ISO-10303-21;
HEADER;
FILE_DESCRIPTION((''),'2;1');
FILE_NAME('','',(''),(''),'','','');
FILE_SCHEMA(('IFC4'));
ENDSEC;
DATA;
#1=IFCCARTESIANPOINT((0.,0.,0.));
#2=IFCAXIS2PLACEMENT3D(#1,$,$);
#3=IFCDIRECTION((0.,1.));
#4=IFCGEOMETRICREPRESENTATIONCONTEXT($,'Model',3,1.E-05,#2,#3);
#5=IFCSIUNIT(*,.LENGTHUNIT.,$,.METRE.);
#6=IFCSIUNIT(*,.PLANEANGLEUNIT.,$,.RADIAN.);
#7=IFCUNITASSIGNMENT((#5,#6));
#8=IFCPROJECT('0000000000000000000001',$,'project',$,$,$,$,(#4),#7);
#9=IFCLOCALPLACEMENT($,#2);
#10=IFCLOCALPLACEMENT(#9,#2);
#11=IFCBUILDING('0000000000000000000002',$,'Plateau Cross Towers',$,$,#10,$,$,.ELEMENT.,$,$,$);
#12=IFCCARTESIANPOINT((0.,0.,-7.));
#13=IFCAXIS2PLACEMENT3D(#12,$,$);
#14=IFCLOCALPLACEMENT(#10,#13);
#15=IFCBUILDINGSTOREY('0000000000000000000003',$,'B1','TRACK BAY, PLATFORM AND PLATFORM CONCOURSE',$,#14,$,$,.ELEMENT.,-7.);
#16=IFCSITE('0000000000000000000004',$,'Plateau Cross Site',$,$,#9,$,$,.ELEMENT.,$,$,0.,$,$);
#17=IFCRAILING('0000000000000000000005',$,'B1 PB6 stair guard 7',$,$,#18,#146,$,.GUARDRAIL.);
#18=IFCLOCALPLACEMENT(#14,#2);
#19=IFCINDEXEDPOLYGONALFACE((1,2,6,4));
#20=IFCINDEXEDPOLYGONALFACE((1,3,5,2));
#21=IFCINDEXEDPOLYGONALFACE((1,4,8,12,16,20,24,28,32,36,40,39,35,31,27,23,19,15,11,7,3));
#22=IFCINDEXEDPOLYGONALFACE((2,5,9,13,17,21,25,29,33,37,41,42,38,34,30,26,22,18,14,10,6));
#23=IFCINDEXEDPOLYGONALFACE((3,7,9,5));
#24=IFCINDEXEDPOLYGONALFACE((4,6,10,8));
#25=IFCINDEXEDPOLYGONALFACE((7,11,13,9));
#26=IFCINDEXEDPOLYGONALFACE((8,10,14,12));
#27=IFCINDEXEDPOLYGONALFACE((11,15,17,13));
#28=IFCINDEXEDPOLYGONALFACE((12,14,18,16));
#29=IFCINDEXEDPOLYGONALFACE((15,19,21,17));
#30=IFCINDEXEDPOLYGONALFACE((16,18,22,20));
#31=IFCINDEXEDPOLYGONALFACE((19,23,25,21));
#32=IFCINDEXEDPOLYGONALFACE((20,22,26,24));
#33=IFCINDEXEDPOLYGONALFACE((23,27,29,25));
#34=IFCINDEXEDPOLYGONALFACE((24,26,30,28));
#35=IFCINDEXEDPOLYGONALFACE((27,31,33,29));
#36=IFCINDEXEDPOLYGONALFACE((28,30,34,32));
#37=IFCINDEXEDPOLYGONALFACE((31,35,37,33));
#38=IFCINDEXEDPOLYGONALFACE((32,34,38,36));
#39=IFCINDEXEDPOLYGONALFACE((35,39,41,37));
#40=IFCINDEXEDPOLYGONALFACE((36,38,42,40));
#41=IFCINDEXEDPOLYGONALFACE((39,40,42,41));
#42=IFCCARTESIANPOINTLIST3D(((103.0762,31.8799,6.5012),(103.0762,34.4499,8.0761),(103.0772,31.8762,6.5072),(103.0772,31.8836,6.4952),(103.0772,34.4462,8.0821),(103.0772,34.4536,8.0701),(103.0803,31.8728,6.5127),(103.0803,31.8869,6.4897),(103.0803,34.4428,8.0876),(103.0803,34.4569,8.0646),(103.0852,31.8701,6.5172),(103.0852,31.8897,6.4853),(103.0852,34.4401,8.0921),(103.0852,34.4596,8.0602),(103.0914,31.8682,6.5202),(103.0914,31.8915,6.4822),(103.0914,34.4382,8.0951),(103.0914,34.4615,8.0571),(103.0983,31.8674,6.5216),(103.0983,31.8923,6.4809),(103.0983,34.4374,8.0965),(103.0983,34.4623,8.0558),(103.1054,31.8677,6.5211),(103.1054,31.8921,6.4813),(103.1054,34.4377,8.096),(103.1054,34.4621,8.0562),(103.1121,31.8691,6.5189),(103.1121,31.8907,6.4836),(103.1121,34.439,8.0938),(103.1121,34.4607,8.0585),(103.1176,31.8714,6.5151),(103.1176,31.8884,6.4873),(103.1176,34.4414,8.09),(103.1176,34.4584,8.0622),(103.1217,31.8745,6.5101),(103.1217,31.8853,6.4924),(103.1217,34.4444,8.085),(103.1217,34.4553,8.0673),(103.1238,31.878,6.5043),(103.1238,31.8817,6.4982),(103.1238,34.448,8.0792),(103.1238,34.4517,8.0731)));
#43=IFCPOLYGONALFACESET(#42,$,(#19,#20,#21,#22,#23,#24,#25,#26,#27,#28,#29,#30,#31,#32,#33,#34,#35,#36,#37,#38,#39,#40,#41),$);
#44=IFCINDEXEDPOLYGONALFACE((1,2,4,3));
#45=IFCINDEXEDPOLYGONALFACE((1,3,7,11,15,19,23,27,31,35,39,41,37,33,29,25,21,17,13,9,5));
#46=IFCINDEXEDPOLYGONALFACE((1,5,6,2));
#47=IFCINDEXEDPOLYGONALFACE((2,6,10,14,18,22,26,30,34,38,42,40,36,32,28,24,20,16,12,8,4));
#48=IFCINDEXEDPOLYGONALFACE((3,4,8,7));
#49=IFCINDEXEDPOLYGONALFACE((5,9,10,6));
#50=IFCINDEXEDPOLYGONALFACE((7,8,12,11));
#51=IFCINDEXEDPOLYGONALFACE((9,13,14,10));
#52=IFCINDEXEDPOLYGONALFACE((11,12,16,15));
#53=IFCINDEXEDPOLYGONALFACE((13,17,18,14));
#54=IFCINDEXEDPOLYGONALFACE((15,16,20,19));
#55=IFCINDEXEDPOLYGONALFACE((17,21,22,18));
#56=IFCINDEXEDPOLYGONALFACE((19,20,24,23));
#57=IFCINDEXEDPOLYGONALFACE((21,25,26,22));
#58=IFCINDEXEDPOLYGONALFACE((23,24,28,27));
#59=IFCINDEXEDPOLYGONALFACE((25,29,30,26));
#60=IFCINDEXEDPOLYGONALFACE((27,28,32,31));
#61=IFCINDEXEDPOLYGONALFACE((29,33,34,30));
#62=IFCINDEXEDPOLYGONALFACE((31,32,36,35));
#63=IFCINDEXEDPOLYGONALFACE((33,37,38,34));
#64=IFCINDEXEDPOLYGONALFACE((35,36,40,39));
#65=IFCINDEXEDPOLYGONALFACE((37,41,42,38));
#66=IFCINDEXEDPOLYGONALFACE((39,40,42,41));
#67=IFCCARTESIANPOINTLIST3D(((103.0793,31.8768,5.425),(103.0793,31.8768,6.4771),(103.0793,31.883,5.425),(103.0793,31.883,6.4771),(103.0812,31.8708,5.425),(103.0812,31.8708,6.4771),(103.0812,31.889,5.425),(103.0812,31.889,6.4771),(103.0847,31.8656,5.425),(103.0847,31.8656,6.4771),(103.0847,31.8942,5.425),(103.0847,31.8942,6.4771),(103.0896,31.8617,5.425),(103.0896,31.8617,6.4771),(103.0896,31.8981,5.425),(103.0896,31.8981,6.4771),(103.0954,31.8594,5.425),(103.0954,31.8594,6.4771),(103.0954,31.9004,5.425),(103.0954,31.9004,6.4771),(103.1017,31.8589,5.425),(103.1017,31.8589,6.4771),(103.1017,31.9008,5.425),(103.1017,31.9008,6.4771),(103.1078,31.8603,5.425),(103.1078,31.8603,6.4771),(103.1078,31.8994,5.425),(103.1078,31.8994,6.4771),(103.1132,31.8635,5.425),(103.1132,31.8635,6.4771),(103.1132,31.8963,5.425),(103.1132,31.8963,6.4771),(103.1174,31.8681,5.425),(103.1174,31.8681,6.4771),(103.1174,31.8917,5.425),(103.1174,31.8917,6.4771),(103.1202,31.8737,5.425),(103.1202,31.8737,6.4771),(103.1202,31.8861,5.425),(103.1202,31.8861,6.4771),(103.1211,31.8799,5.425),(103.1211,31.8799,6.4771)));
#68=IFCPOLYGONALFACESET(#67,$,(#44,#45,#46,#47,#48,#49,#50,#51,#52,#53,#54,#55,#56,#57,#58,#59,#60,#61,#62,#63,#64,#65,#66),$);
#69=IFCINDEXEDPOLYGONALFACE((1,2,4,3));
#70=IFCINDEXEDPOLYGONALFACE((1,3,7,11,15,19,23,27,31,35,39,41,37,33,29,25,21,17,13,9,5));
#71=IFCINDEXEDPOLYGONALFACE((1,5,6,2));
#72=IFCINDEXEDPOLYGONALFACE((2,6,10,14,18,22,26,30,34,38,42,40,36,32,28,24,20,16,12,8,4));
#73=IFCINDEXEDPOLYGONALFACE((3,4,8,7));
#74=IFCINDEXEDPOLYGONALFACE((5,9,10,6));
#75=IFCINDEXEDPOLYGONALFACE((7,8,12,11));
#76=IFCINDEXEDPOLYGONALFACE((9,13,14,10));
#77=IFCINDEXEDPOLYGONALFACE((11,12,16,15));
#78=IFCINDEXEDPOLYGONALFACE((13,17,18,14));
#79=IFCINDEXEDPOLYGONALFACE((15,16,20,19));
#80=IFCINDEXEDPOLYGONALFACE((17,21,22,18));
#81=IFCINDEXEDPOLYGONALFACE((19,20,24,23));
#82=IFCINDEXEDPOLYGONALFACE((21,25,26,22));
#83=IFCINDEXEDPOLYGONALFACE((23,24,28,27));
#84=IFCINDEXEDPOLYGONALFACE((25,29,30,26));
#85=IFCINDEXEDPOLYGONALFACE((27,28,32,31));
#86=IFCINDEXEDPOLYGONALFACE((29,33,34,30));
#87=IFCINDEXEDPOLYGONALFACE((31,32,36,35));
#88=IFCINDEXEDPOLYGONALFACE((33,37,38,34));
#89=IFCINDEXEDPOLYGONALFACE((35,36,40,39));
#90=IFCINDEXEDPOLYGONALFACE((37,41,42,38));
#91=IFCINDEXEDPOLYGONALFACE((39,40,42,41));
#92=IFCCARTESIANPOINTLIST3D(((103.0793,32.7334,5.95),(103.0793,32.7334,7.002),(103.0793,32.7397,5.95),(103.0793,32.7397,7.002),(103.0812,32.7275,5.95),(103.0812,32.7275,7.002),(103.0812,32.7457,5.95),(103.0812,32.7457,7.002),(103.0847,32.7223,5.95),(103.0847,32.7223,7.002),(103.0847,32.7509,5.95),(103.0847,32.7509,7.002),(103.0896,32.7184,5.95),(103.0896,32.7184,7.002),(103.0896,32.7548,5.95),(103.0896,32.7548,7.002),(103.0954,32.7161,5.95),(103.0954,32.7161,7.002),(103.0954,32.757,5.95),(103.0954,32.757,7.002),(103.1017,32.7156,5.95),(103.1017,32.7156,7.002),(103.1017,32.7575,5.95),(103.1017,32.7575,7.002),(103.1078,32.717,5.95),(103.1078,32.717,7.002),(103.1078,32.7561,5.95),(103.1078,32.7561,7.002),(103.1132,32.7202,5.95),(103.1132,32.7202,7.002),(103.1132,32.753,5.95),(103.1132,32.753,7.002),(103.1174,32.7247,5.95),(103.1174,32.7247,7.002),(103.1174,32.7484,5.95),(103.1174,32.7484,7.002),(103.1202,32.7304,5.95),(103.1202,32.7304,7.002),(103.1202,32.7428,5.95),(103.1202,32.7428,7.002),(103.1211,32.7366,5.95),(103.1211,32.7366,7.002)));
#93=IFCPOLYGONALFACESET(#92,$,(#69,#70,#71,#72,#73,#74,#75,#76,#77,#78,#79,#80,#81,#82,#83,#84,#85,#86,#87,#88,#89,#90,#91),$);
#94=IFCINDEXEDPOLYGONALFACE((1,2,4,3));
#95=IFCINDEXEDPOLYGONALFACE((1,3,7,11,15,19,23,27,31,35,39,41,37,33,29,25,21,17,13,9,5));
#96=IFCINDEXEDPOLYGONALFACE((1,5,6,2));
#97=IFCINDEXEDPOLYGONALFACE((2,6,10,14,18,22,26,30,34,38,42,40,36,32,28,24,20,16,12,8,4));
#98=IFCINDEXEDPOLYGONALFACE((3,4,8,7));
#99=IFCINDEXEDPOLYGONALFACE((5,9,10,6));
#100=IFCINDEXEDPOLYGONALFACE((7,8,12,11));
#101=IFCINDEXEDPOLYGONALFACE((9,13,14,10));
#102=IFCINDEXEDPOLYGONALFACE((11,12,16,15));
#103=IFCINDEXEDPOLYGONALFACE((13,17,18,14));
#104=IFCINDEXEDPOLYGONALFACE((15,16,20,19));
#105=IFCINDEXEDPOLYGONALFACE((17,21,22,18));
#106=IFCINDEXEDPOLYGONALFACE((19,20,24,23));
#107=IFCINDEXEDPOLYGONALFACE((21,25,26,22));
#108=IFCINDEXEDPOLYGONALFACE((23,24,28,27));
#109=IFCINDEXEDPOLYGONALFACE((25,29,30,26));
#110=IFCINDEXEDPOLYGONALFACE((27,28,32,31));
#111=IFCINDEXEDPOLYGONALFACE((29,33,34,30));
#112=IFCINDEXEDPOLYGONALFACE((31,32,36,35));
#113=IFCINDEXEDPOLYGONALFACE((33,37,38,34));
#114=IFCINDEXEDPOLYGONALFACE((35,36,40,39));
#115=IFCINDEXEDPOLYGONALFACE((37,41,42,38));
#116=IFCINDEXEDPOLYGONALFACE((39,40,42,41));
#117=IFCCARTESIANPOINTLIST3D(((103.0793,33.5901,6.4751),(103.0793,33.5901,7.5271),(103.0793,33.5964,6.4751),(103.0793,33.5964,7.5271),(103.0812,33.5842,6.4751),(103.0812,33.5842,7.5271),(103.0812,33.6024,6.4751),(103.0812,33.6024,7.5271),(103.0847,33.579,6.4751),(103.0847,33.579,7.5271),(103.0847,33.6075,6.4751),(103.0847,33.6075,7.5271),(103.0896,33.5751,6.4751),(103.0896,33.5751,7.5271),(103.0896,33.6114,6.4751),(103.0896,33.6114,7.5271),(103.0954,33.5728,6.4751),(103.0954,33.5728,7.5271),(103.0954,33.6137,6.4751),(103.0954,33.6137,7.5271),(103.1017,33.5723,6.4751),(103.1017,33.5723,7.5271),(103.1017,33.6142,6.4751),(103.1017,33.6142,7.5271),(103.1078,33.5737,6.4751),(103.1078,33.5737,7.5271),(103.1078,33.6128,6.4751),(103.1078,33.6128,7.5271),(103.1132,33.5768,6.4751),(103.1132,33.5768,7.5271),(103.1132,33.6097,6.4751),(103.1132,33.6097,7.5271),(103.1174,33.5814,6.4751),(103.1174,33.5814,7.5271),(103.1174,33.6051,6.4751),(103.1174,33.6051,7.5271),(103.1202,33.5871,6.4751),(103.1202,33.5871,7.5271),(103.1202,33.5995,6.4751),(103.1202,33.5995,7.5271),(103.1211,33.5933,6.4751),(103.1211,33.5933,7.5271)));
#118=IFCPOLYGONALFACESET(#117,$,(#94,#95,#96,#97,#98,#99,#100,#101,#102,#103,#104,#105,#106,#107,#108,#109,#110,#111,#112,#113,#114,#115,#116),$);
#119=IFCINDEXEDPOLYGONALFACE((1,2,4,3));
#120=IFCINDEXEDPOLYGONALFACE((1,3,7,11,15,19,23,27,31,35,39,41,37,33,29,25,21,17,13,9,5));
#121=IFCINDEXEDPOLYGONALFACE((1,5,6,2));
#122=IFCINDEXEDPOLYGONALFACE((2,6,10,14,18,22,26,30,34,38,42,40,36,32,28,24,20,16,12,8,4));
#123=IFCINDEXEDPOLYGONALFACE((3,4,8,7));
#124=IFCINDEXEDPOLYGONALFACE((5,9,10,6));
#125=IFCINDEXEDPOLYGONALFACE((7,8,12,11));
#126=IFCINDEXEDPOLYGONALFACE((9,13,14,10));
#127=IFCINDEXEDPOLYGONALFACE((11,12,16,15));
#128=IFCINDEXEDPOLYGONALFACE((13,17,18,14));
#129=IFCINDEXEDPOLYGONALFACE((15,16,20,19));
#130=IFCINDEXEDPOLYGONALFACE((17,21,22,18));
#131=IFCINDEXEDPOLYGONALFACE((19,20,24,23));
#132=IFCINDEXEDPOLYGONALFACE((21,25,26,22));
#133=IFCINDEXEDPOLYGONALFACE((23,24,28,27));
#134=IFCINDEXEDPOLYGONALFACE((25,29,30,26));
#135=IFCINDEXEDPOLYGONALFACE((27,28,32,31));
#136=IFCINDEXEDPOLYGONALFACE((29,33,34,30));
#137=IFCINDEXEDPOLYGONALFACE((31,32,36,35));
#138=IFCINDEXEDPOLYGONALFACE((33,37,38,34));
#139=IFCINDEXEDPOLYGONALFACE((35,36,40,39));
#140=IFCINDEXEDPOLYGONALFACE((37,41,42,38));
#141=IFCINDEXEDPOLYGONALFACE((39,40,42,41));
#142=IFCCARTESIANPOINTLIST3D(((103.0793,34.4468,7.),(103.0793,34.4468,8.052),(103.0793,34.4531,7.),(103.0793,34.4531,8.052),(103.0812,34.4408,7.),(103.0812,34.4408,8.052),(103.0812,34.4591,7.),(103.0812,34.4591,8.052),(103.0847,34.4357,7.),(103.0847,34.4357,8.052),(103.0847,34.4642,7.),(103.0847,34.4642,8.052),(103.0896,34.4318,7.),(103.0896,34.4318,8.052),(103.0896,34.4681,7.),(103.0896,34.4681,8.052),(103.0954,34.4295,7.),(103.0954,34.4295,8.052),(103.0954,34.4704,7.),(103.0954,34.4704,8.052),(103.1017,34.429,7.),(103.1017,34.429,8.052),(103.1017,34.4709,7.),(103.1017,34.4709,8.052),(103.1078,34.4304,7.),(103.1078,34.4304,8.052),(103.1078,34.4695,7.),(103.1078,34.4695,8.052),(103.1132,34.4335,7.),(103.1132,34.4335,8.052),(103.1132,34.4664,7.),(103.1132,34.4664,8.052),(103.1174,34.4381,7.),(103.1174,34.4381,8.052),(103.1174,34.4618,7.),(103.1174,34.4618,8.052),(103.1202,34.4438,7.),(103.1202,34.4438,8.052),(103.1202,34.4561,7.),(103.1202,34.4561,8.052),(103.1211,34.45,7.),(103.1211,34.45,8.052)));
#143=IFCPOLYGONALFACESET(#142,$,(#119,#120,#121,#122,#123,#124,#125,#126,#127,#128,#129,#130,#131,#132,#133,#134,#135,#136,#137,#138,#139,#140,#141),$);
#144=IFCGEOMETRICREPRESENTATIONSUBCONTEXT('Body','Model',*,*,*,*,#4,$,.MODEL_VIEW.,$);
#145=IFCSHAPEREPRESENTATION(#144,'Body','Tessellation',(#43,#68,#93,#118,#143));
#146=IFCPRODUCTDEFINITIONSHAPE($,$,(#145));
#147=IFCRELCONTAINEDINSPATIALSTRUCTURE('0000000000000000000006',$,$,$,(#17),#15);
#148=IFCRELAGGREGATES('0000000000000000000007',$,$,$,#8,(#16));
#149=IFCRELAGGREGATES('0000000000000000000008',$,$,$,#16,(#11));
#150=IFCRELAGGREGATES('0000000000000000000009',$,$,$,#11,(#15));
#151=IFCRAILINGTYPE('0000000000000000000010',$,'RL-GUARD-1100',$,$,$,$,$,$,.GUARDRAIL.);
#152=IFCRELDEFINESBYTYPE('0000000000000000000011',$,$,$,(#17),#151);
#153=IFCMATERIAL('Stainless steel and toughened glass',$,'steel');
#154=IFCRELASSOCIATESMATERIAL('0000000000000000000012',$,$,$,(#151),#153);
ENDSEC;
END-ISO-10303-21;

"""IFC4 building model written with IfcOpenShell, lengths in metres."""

from ifc_helpers import new_model, si_unit, direction, frame, origin, origin_2d, place, context, subcontext, project, spatial, circle, extrude, material, type_object, element, save


model = new_model("IFC4")

# Units and contexts
model_context = context("Model", 3, precision=1e-05, world=origin(), true_north=direction((0.0, 1.0)))
body_context = subcontext(model_context, "Body", "Model", "MODEL_VIEW")
ifc_project = project(units=[si_unit("LENGTHUNIT", "METRE"), si_unit("PLANEANGLEUNIT", "RADIAN")], contexts=[model_context])

# Site, building, storey
site_placement = place(None, origin())
site = spatial("IfcSite", under=ifc_project, at=site_placement, Name="Plateau Cross Site", CompositionType="ELEMENT", RefElevation=0.0)
building_placement = place(site_placement, origin())
building = spatial("IfcBuilding", under=site, at=building_placement, Name="Plateau Cross Towers", CompositionType="ELEMENT")
storey_placement = place(building_placement, frame((0.0, 0.0, -7.0)))
storey = spatial("IfcBuildingStorey", under=building, at=storey_placement, Name="B1", Description="TRACK BAY, PLATFORM AND PLATFORM CONCOURSE", CompositionType="ELEMENT", Elevation=-7.0)

# Railing
ifc_material_1 = material(Name="Stainless steel and toughened glass", Category="steel")
railing_type_1 = type_object("IfcRailingType", Name="RL-GUARD-1100", PredefinedType="GUARDRAIL", material=ifc_material_1)
railing_1_placement = place(storey_placement, frame((103.1001, 31.8799, 5.425)))
element("IfcRailing", 1, at=railing_1_placement, inside=storey, type_object=railing_type_1, Name="B1 PB6 stair guard 7", PredefinedType="GUARDRAIL", context=body_context, shape_type="SweptSolid", body=[
    extrude(circle(Radius=0.0239, at=origin_2d()), frame((0.0, 0.0, 1.0762), z_axis=(0.0, 0.852639, 0.522501), x_axis=(-1.0, 0.0, 0.0)), (0.0, 0.0, 1.0), 3.0142),
    extrude(circle(Radius=0.021, at=origin_2d()), origin(), (0.0, 0.0, 1.0), 1.052),
    extrude(circle(Radius=0.021, at=origin_2d()), frame((0.0, 0.8567, 0.5249)), (0.0, 0.0, 1.0), 1.052),
    extrude(circle(Radius=0.021, at=origin_2d()), frame((0.0, 1.7134, 1.05)), (0.0, 0.0, 1.0), 1.052),
    extrude(circle(Radius=0.021, at=origin_2d()), frame((0.0, 2.5701, 1.575)), (0.0, 0.0, 1.0), 1.052),
])

save(model, "model.ifc")
